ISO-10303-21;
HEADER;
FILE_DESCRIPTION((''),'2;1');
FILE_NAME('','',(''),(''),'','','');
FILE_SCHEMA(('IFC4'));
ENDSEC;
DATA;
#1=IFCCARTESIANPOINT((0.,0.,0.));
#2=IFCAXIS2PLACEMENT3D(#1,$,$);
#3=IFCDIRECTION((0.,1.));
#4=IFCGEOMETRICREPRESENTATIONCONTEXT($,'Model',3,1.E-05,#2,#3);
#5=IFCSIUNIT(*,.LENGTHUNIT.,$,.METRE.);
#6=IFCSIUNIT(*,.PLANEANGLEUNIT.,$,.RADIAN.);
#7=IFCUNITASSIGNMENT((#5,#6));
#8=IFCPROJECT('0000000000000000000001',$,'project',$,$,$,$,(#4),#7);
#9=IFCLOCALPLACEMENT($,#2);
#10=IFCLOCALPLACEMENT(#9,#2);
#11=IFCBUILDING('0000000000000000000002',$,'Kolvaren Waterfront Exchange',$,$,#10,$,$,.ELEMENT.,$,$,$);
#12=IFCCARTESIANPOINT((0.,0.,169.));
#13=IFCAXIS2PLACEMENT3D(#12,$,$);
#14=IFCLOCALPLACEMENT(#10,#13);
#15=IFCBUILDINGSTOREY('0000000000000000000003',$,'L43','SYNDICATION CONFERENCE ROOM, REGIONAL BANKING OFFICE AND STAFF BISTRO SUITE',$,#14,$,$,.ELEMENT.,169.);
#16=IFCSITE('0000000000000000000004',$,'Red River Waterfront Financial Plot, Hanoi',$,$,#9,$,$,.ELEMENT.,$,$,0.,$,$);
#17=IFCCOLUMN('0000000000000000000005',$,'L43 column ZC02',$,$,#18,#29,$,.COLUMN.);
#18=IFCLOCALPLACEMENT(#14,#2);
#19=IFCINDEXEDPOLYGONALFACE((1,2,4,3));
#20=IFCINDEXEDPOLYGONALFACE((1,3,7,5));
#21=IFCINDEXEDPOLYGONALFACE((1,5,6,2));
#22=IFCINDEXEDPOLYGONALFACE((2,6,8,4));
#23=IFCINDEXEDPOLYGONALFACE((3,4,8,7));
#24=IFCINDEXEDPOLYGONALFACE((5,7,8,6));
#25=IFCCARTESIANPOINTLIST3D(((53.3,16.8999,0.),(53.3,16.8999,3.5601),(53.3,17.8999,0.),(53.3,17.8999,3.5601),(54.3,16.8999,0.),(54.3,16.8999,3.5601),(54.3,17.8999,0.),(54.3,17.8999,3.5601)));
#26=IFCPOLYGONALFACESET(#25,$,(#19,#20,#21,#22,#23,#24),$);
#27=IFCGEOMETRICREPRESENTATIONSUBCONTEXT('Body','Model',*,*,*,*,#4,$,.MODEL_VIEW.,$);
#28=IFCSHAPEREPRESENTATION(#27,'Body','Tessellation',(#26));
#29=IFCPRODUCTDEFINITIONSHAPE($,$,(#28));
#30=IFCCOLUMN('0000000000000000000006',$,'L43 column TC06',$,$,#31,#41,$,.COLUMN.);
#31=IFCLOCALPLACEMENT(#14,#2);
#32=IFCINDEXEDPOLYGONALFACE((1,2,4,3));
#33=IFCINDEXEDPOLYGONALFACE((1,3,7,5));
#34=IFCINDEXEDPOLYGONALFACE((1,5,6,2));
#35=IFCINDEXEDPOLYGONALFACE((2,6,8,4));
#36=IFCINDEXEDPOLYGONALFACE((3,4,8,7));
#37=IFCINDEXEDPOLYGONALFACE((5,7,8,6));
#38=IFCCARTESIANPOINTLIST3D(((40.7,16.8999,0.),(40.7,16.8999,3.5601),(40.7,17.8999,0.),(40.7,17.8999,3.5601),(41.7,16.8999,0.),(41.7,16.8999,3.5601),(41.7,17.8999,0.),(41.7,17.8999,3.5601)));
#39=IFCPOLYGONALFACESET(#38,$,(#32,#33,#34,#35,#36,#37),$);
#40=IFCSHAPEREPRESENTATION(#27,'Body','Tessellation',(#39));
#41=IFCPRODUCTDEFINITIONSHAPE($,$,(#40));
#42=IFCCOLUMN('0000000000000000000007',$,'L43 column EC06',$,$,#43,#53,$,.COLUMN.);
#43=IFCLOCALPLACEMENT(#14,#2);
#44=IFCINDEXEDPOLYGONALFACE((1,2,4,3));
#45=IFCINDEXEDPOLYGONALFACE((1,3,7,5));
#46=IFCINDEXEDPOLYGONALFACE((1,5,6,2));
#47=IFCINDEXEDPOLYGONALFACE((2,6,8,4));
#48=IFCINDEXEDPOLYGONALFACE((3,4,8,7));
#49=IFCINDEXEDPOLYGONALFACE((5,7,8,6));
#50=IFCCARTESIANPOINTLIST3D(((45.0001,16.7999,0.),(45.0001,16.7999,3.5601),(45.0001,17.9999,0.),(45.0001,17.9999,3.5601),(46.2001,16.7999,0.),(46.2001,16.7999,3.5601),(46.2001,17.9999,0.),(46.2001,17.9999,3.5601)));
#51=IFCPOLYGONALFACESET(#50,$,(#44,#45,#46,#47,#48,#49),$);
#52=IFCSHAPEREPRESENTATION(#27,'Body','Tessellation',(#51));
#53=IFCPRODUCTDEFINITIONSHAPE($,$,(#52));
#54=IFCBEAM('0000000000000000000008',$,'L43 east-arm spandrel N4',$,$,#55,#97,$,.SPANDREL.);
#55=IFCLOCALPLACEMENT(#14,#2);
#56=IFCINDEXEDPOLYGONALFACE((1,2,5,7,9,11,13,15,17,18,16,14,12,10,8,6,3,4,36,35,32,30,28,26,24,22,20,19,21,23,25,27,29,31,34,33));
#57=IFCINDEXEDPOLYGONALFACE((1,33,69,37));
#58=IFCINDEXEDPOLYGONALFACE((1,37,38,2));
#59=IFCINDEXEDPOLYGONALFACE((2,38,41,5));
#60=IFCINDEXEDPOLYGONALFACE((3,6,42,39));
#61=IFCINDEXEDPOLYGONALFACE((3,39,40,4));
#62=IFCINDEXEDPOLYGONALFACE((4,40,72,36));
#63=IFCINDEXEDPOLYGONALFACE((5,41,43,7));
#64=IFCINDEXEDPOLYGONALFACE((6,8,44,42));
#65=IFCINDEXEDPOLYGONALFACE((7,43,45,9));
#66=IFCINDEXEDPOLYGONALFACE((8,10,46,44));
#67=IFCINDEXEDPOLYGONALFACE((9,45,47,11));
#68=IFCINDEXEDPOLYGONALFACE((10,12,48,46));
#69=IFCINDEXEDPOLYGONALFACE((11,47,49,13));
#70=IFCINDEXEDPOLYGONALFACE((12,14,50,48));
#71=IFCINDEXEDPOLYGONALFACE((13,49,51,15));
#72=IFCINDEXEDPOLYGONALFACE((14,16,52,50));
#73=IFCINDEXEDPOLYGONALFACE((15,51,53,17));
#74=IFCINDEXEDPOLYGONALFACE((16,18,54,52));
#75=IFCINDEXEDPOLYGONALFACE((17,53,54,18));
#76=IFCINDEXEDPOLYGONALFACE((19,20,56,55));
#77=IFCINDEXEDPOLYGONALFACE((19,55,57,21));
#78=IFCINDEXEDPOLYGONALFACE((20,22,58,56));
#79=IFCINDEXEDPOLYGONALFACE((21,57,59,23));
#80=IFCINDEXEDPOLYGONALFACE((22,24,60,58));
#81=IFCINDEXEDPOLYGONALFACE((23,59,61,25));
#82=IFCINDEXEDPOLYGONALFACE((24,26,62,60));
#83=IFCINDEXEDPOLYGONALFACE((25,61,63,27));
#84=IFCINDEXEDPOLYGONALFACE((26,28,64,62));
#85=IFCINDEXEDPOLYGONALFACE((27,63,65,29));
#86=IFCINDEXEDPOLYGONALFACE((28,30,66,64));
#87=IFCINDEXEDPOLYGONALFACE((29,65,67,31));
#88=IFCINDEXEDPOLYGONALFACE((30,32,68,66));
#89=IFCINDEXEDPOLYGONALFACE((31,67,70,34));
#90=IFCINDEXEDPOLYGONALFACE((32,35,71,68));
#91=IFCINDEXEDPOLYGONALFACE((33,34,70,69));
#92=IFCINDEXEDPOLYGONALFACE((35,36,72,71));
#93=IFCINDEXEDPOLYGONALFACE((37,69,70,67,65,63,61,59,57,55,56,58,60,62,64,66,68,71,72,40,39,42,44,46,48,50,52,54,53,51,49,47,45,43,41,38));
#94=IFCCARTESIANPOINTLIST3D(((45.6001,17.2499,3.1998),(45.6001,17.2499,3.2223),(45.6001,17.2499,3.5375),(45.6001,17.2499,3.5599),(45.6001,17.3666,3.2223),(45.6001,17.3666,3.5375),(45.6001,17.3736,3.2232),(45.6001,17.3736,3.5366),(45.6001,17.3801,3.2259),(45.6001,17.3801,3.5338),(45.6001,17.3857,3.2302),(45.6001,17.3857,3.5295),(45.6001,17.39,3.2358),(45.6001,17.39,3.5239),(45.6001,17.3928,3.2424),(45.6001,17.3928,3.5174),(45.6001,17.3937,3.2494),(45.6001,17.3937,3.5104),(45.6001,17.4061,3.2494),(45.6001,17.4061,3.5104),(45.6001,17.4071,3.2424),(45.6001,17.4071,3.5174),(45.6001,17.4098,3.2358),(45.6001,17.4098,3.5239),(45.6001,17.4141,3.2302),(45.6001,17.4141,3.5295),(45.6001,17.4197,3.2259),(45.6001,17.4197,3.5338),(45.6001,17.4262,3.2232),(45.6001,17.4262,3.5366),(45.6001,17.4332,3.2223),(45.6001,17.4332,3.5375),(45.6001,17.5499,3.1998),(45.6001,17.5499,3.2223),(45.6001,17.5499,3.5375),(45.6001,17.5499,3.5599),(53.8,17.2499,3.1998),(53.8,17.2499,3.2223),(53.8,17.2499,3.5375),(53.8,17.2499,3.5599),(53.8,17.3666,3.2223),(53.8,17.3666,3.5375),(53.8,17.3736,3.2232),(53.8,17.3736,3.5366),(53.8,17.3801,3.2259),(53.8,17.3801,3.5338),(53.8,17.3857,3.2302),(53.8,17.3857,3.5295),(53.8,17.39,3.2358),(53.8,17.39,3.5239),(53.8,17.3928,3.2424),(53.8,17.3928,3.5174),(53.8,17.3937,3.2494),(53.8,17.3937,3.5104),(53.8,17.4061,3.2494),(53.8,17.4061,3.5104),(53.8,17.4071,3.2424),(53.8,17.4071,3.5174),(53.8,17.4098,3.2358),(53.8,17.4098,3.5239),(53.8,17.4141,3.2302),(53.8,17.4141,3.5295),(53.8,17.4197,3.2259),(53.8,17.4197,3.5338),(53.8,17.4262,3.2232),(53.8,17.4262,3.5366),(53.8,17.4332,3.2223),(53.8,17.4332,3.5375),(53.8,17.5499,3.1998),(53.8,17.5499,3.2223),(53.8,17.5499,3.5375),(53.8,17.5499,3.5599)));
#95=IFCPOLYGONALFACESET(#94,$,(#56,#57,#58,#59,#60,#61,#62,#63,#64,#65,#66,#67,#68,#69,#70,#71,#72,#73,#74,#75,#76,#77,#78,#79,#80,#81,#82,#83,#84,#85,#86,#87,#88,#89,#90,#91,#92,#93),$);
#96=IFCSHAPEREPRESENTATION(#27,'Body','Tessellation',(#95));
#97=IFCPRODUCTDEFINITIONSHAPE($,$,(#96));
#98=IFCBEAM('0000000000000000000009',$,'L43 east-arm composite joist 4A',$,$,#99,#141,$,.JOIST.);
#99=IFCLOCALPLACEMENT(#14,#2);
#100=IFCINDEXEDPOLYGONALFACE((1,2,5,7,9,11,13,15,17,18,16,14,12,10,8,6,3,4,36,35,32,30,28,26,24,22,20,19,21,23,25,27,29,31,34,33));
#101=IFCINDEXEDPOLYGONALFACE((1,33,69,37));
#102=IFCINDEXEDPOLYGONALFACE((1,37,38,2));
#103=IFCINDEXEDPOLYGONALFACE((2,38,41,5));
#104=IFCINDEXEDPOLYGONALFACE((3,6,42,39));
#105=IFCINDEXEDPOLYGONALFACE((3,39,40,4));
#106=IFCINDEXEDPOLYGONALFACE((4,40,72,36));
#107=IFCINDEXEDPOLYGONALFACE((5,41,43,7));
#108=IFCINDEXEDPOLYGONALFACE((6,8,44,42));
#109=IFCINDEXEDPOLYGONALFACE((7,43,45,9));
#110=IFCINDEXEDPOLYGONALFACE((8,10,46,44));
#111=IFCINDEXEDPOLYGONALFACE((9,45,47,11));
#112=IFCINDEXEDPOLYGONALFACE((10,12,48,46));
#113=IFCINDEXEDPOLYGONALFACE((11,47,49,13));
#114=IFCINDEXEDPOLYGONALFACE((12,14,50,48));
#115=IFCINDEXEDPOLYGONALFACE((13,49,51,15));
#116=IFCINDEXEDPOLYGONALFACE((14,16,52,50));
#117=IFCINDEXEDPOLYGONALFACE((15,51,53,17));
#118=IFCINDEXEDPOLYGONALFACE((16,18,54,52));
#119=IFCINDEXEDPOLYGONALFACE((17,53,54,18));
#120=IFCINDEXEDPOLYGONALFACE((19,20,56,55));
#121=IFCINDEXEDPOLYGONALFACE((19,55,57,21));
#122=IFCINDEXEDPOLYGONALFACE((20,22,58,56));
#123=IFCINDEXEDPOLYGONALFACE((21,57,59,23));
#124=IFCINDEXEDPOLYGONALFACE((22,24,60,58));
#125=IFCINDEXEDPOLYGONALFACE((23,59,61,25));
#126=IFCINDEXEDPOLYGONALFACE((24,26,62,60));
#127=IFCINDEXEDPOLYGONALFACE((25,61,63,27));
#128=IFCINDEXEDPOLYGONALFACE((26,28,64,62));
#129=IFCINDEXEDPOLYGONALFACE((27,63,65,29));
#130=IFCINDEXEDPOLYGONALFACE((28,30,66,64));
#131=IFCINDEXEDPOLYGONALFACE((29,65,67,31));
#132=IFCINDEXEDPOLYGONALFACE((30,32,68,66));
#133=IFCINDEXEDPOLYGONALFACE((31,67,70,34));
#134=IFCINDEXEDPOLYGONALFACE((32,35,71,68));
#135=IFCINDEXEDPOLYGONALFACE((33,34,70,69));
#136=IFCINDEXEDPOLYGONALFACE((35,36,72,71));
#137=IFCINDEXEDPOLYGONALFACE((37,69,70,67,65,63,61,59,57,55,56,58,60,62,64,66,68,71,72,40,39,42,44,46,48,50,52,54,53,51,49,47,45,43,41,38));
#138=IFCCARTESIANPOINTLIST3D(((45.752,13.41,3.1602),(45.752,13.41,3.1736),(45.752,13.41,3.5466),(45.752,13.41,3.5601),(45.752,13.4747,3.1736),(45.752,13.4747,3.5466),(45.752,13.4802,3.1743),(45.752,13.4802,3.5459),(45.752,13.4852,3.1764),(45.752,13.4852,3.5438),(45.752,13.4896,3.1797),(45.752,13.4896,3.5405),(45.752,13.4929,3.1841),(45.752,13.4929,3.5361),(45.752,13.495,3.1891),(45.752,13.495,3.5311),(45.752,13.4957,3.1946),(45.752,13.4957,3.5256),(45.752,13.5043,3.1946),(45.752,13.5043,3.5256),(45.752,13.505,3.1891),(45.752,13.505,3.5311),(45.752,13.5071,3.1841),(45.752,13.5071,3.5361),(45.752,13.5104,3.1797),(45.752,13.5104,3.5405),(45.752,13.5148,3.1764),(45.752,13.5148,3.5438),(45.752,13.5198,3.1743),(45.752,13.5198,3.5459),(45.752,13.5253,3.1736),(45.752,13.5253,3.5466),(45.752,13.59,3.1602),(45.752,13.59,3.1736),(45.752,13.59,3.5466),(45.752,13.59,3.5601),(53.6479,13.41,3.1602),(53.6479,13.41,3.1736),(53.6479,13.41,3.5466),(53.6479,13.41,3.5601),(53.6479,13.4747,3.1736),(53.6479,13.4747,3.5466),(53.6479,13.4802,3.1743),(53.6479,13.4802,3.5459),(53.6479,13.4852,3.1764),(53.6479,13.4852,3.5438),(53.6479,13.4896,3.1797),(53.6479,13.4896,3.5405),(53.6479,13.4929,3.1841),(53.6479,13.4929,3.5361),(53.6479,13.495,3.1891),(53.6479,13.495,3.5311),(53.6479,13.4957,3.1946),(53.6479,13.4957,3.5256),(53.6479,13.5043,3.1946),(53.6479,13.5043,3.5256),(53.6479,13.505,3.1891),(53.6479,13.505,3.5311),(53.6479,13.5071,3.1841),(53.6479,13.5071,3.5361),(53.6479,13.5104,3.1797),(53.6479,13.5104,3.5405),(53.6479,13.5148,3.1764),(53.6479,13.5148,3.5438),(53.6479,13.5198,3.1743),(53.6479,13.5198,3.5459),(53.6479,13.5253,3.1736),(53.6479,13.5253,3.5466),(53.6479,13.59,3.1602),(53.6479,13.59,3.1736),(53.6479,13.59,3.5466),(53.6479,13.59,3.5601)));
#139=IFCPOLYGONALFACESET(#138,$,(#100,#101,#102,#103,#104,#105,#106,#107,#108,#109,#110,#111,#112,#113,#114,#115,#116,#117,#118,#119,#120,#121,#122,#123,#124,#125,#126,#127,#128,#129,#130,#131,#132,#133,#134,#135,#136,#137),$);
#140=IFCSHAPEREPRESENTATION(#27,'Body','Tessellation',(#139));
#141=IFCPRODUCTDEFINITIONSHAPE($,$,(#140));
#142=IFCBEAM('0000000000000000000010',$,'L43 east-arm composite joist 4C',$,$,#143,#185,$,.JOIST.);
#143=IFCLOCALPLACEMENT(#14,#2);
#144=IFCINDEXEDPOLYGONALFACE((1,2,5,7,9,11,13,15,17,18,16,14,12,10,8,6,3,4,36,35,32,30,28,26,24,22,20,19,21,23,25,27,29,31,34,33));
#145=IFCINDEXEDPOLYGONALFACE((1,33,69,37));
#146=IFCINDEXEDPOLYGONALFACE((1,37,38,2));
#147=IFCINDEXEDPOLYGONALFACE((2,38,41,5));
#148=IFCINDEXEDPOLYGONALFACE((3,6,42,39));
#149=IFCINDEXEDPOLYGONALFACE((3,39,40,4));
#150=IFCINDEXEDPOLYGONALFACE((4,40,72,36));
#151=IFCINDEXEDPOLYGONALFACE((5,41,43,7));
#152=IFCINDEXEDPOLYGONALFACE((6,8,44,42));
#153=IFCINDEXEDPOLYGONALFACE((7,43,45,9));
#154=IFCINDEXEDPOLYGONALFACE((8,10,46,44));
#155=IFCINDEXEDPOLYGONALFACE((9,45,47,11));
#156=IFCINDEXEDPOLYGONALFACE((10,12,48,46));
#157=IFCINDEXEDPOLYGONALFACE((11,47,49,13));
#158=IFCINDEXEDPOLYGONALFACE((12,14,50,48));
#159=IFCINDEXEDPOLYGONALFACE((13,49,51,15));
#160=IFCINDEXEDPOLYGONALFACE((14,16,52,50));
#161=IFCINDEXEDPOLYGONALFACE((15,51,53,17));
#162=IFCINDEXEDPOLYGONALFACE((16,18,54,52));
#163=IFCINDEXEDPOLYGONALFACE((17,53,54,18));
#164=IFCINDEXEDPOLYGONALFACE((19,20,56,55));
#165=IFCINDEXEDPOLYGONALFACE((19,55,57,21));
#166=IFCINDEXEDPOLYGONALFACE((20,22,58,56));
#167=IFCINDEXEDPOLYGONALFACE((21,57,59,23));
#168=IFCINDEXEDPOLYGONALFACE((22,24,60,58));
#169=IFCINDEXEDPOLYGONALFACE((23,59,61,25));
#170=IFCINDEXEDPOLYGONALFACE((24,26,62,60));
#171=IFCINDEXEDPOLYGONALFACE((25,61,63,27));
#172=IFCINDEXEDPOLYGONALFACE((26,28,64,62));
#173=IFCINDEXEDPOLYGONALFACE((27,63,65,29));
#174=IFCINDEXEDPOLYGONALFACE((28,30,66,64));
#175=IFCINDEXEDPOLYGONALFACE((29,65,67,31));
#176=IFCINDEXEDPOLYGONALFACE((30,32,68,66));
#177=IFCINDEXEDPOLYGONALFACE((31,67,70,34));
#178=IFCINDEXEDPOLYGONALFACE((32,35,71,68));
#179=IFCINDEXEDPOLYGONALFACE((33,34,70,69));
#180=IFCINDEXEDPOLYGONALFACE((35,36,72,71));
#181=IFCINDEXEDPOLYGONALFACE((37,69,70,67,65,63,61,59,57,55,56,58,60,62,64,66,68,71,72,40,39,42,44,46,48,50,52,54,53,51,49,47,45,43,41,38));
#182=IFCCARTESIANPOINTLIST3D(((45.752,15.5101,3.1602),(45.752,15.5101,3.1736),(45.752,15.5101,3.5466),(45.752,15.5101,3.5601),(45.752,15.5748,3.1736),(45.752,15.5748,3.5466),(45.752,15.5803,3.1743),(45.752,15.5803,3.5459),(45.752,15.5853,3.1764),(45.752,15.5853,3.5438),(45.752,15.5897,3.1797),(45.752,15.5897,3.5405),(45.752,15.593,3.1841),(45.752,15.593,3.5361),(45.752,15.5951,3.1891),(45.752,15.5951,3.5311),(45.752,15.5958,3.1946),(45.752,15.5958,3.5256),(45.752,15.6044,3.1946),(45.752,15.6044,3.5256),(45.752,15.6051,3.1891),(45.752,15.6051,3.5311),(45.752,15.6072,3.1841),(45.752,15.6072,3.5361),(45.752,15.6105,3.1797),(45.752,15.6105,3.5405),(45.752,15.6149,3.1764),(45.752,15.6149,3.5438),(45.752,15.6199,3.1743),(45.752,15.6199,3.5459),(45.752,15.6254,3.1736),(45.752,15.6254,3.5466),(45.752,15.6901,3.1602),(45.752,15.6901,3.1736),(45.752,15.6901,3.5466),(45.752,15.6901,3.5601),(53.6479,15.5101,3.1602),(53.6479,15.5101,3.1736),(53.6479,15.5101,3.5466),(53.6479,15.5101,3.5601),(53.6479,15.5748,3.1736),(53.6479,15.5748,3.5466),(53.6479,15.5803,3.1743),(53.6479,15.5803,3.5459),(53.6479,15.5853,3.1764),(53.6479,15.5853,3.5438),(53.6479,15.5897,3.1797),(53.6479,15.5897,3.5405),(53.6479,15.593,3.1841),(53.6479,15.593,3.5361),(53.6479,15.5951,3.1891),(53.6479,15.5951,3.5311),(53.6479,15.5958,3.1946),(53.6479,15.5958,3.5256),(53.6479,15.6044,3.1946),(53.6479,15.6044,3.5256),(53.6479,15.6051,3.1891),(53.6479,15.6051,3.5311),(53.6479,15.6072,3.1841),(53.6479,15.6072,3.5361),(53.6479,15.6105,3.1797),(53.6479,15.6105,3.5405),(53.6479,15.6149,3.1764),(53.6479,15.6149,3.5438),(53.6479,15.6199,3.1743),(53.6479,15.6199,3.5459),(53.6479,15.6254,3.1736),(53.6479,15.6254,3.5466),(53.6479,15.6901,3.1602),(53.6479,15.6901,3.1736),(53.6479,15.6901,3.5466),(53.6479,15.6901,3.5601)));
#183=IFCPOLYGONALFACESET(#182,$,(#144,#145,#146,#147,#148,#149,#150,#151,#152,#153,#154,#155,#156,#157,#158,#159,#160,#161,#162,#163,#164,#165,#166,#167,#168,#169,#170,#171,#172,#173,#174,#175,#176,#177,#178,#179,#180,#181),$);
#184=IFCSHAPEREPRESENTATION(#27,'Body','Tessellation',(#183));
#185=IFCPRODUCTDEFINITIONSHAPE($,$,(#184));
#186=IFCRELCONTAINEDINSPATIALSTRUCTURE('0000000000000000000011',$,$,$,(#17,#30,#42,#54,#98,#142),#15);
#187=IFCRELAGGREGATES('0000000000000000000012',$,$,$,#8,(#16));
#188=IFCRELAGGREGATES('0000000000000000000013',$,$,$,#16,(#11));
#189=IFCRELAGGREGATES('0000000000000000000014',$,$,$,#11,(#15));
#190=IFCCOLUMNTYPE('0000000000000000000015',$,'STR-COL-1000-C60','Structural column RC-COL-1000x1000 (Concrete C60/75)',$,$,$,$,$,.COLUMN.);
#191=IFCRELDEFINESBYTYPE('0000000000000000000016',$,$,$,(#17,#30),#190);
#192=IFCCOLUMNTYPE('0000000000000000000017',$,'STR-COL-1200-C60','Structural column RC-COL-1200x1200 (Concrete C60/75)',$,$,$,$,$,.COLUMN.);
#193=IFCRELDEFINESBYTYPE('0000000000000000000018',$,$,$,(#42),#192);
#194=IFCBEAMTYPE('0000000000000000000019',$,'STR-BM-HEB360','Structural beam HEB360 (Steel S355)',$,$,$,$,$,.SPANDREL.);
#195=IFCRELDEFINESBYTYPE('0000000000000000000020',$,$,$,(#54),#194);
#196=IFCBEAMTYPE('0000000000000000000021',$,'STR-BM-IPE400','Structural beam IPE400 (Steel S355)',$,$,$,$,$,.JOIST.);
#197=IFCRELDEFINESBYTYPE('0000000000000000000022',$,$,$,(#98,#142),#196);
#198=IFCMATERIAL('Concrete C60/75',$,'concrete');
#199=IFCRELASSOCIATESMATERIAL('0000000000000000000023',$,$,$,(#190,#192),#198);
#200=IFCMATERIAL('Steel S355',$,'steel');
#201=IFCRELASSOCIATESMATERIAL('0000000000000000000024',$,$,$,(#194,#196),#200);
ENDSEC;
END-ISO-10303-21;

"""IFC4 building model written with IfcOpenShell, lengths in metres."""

from ifc_helpers import new_model, si_unit, direction, frame, origin, origin_2d, place, context, subcontext, project, spatial, rectangle, i_section, extrude, material, material_profile, profile_set, type_object, element, save


model = new_model("IFC4")

# Units and contexts
model_context = context("Model", 3, precision=1e-05, world=origin(), true_north=direction((0.0, 1.0)))
body_context = subcontext(model_context, "Body", "Model", "MODEL_VIEW")
ifc_project = project(units=[si_unit("LENGTHUNIT", "METRE"), si_unit("PLANEANGLEUNIT", "RADIAN")], contexts=[model_context])

# Site, building, storey
site_placement = place(None, origin())
site = spatial("IfcSite", under=ifc_project, at=site_placement, Name="Red River Waterfront Financial Plot, Hanoi", CompositionType="ELEMENT", RefElevation=0.0)
building_placement = place(site_placement, origin())
building = spatial("IfcBuilding", under=site, at=building_placement, Name="Kolvaren Waterfront Exchange", CompositionType="ELEMENT")
storey_placement = place(building_placement, frame((0.0, 0.0, 169.0)))
storey = spatial("IfcBuildingStorey", under=building, at=storey_placement, Name="L43", Description="SYNDICATION CONFERENCE ROOM, REGIONAL BANKING OFFICE AND STAFF BISTRO SUITE", CompositionType="ELEMENT", Elevation=169.0)

# Columns
ifc_material_1 = material(Name="Concrete C60/75", Category="concrete")
ifc_material_profile_1 = material_profile(ifc_material_1, rectangle(XDim=1.0, YDim=1.0, at=origin_2d()), Name="RC-COL-1000x1000")
ifc_profile_set_1 = profile_set([ifc_material_profile_1], Name="Concrete C60/75")
column_type_1 = type_object("IfcColumnType", Name="STR-COL-1000-C60", Description="Structural column RC-COL-1000x1000 (Concrete C60/75)", PredefinedType="COLUMN", material=ifc_profile_set_1)
for number, where, z_axis, x_axis, name in (
    (1, (53.8, 17.3999, 0.0), (0.0, 0.0, 1.0), (1.0, 0.0, 0.0), "L43 column ZC02"),
    (2, (41.2, 17.3999, 0.0), (0.0, 0.0, 1.0), (1.0, 0.0, 0.0), "L43 column TC06"),
):
    element("IfcColumn", number, at=place(storey_placement, frame(where, z_axis=z_axis, x_axis=x_axis)), inside=storey, type_object=column_type_1, Name=name, PredefinedType="COLUMN", context=body_context, shape_type="SweptSolid", body=[
        extrude(rectangle(XDim=1.0, YDim=1.0, at=origin_2d()), origin(), (0.0, 0.0, 1.0), 3.5601),
    ])
ifc_material_profile_2 = material_profile(ifc_material_1, rectangle(XDim=1.2, YDim=1.2, at=origin_2d()), Name="RC-COL-1200x1200")
ifc_profile_set_2 = profile_set([ifc_material_profile_2], Name="Concrete C60/75")
column_type_2 = type_object("IfcColumnType", Name="STR-COL-1200-C60", Description="Structural column RC-COL-1200x1200 (Concrete C60/75)", PredefinedType="COLUMN", material=ifc_profile_set_2)
column_placement = place(storey_placement, frame((45.6001, 17.3999, 0.0), z_axis=(0.0, 0.0, 1.0), x_axis=(1.0, 0.0, 0.0)))
element("IfcColumn", 3, at=column_placement, inside=storey, type_object=column_type_2, Name="L43 column EC06", PredefinedType="COLUMN", context=body_context, shape_type="SweptSolid", body=[
    extrude(rectangle(XDim=1.2, YDim=1.2, at=origin_2d()), origin(), (0.0, 0.0, 1.0), 3.5601),
])

# Beams
ifc_material_2 = material(Name="Steel S355", Category="steel")
ifc_material_profile_3 = material_profile(ifc_material_2, i_section(OverallWidth=0.3, OverallDepth=0.3601, WebThickness=0.0125, FlangeThickness=0.0225, FilletRadius=0.0271, at=origin_2d()), Name="HEB360")
ifc_profile_set_3 = profile_set([ifc_material_profile_3], Name="Steel S355")
beam_type_1 = type_object("IfcBeamType", Name="STR-BM-HEB360", Description="Structural beam HEB360 (Steel S355)", PredefinedType="SPANDREL", material=ifc_profile_set_3)
beam_placement = place(storey_placement, frame((45.6001, 17.3999, 3.3799), z_axis=(1.0, 0.0, 0.0), x_axis=(0.0, 1.0, 0.0)))
element("IfcBeam", 4, at=beam_placement, inside=storey, type_object=beam_type_1, Name="L43 east-arm spandrel N4", PredefinedType="SPANDREL", context=body_context, shape_type="SweptSolid", body=[
    extrude(i_section(OverallWidth=0.3, OverallDepth=0.3601, WebThickness=0.0125, FlangeThickness=0.0225, FilletRadius=0.0271, at=origin_2d()), origin(), (0.0, 0.0, 1.0), 8.2),
])
ifc_material_profile_4 = material_profile(ifc_material_2, i_section(OverallWidth=0.1799, OverallDepth=0.3999, WebThickness=0.0085, FlangeThickness=0.0134, FilletRadius=0.021, at=origin_2d()), Name="IPE400")
ifc_profile_set_4 = profile_set([ifc_material_profile_4], Name="Steel S355")
beam_type_2 = type_object("IfcBeamType", Name="STR-BM-IPE400", Description="Structural beam IPE400 (Steel S355)", PredefinedType="JOIST", material=ifc_profile_set_4)
for number, where, z_axis, x_axis, name in (
    (5, (45.752, 13.5, 3.3601), (1.0, 0.0, 0.0), (0.0, 1.0, 0.0), "L43 east-arm composite joist 4A"),
    (6, (45.752, 15.6001, 3.3601), (1.0, 0.0, 0.0), (0.0, 1.0, 0.0), "L43 east-arm composite joist 4C"),
):
    element("IfcBeam", number, at=place(storey_placement, frame(where, z_axis=z_axis, x_axis=x_axis)), inside=storey, type_object=beam_type_2, Name=name, PredefinedType="JOIST", context=body_context, shape_type="SweptSolid", body=[
        extrude(i_section(OverallWidth=0.1799, OverallDepth=0.3999, WebThickness=0.0085, FlangeThickness=0.0134, FilletRadius=0.021, at=origin_2d()), origin(), (0.0, 0.0, 1.0), 7.896),
    ])

save(model, "model.ifc")
